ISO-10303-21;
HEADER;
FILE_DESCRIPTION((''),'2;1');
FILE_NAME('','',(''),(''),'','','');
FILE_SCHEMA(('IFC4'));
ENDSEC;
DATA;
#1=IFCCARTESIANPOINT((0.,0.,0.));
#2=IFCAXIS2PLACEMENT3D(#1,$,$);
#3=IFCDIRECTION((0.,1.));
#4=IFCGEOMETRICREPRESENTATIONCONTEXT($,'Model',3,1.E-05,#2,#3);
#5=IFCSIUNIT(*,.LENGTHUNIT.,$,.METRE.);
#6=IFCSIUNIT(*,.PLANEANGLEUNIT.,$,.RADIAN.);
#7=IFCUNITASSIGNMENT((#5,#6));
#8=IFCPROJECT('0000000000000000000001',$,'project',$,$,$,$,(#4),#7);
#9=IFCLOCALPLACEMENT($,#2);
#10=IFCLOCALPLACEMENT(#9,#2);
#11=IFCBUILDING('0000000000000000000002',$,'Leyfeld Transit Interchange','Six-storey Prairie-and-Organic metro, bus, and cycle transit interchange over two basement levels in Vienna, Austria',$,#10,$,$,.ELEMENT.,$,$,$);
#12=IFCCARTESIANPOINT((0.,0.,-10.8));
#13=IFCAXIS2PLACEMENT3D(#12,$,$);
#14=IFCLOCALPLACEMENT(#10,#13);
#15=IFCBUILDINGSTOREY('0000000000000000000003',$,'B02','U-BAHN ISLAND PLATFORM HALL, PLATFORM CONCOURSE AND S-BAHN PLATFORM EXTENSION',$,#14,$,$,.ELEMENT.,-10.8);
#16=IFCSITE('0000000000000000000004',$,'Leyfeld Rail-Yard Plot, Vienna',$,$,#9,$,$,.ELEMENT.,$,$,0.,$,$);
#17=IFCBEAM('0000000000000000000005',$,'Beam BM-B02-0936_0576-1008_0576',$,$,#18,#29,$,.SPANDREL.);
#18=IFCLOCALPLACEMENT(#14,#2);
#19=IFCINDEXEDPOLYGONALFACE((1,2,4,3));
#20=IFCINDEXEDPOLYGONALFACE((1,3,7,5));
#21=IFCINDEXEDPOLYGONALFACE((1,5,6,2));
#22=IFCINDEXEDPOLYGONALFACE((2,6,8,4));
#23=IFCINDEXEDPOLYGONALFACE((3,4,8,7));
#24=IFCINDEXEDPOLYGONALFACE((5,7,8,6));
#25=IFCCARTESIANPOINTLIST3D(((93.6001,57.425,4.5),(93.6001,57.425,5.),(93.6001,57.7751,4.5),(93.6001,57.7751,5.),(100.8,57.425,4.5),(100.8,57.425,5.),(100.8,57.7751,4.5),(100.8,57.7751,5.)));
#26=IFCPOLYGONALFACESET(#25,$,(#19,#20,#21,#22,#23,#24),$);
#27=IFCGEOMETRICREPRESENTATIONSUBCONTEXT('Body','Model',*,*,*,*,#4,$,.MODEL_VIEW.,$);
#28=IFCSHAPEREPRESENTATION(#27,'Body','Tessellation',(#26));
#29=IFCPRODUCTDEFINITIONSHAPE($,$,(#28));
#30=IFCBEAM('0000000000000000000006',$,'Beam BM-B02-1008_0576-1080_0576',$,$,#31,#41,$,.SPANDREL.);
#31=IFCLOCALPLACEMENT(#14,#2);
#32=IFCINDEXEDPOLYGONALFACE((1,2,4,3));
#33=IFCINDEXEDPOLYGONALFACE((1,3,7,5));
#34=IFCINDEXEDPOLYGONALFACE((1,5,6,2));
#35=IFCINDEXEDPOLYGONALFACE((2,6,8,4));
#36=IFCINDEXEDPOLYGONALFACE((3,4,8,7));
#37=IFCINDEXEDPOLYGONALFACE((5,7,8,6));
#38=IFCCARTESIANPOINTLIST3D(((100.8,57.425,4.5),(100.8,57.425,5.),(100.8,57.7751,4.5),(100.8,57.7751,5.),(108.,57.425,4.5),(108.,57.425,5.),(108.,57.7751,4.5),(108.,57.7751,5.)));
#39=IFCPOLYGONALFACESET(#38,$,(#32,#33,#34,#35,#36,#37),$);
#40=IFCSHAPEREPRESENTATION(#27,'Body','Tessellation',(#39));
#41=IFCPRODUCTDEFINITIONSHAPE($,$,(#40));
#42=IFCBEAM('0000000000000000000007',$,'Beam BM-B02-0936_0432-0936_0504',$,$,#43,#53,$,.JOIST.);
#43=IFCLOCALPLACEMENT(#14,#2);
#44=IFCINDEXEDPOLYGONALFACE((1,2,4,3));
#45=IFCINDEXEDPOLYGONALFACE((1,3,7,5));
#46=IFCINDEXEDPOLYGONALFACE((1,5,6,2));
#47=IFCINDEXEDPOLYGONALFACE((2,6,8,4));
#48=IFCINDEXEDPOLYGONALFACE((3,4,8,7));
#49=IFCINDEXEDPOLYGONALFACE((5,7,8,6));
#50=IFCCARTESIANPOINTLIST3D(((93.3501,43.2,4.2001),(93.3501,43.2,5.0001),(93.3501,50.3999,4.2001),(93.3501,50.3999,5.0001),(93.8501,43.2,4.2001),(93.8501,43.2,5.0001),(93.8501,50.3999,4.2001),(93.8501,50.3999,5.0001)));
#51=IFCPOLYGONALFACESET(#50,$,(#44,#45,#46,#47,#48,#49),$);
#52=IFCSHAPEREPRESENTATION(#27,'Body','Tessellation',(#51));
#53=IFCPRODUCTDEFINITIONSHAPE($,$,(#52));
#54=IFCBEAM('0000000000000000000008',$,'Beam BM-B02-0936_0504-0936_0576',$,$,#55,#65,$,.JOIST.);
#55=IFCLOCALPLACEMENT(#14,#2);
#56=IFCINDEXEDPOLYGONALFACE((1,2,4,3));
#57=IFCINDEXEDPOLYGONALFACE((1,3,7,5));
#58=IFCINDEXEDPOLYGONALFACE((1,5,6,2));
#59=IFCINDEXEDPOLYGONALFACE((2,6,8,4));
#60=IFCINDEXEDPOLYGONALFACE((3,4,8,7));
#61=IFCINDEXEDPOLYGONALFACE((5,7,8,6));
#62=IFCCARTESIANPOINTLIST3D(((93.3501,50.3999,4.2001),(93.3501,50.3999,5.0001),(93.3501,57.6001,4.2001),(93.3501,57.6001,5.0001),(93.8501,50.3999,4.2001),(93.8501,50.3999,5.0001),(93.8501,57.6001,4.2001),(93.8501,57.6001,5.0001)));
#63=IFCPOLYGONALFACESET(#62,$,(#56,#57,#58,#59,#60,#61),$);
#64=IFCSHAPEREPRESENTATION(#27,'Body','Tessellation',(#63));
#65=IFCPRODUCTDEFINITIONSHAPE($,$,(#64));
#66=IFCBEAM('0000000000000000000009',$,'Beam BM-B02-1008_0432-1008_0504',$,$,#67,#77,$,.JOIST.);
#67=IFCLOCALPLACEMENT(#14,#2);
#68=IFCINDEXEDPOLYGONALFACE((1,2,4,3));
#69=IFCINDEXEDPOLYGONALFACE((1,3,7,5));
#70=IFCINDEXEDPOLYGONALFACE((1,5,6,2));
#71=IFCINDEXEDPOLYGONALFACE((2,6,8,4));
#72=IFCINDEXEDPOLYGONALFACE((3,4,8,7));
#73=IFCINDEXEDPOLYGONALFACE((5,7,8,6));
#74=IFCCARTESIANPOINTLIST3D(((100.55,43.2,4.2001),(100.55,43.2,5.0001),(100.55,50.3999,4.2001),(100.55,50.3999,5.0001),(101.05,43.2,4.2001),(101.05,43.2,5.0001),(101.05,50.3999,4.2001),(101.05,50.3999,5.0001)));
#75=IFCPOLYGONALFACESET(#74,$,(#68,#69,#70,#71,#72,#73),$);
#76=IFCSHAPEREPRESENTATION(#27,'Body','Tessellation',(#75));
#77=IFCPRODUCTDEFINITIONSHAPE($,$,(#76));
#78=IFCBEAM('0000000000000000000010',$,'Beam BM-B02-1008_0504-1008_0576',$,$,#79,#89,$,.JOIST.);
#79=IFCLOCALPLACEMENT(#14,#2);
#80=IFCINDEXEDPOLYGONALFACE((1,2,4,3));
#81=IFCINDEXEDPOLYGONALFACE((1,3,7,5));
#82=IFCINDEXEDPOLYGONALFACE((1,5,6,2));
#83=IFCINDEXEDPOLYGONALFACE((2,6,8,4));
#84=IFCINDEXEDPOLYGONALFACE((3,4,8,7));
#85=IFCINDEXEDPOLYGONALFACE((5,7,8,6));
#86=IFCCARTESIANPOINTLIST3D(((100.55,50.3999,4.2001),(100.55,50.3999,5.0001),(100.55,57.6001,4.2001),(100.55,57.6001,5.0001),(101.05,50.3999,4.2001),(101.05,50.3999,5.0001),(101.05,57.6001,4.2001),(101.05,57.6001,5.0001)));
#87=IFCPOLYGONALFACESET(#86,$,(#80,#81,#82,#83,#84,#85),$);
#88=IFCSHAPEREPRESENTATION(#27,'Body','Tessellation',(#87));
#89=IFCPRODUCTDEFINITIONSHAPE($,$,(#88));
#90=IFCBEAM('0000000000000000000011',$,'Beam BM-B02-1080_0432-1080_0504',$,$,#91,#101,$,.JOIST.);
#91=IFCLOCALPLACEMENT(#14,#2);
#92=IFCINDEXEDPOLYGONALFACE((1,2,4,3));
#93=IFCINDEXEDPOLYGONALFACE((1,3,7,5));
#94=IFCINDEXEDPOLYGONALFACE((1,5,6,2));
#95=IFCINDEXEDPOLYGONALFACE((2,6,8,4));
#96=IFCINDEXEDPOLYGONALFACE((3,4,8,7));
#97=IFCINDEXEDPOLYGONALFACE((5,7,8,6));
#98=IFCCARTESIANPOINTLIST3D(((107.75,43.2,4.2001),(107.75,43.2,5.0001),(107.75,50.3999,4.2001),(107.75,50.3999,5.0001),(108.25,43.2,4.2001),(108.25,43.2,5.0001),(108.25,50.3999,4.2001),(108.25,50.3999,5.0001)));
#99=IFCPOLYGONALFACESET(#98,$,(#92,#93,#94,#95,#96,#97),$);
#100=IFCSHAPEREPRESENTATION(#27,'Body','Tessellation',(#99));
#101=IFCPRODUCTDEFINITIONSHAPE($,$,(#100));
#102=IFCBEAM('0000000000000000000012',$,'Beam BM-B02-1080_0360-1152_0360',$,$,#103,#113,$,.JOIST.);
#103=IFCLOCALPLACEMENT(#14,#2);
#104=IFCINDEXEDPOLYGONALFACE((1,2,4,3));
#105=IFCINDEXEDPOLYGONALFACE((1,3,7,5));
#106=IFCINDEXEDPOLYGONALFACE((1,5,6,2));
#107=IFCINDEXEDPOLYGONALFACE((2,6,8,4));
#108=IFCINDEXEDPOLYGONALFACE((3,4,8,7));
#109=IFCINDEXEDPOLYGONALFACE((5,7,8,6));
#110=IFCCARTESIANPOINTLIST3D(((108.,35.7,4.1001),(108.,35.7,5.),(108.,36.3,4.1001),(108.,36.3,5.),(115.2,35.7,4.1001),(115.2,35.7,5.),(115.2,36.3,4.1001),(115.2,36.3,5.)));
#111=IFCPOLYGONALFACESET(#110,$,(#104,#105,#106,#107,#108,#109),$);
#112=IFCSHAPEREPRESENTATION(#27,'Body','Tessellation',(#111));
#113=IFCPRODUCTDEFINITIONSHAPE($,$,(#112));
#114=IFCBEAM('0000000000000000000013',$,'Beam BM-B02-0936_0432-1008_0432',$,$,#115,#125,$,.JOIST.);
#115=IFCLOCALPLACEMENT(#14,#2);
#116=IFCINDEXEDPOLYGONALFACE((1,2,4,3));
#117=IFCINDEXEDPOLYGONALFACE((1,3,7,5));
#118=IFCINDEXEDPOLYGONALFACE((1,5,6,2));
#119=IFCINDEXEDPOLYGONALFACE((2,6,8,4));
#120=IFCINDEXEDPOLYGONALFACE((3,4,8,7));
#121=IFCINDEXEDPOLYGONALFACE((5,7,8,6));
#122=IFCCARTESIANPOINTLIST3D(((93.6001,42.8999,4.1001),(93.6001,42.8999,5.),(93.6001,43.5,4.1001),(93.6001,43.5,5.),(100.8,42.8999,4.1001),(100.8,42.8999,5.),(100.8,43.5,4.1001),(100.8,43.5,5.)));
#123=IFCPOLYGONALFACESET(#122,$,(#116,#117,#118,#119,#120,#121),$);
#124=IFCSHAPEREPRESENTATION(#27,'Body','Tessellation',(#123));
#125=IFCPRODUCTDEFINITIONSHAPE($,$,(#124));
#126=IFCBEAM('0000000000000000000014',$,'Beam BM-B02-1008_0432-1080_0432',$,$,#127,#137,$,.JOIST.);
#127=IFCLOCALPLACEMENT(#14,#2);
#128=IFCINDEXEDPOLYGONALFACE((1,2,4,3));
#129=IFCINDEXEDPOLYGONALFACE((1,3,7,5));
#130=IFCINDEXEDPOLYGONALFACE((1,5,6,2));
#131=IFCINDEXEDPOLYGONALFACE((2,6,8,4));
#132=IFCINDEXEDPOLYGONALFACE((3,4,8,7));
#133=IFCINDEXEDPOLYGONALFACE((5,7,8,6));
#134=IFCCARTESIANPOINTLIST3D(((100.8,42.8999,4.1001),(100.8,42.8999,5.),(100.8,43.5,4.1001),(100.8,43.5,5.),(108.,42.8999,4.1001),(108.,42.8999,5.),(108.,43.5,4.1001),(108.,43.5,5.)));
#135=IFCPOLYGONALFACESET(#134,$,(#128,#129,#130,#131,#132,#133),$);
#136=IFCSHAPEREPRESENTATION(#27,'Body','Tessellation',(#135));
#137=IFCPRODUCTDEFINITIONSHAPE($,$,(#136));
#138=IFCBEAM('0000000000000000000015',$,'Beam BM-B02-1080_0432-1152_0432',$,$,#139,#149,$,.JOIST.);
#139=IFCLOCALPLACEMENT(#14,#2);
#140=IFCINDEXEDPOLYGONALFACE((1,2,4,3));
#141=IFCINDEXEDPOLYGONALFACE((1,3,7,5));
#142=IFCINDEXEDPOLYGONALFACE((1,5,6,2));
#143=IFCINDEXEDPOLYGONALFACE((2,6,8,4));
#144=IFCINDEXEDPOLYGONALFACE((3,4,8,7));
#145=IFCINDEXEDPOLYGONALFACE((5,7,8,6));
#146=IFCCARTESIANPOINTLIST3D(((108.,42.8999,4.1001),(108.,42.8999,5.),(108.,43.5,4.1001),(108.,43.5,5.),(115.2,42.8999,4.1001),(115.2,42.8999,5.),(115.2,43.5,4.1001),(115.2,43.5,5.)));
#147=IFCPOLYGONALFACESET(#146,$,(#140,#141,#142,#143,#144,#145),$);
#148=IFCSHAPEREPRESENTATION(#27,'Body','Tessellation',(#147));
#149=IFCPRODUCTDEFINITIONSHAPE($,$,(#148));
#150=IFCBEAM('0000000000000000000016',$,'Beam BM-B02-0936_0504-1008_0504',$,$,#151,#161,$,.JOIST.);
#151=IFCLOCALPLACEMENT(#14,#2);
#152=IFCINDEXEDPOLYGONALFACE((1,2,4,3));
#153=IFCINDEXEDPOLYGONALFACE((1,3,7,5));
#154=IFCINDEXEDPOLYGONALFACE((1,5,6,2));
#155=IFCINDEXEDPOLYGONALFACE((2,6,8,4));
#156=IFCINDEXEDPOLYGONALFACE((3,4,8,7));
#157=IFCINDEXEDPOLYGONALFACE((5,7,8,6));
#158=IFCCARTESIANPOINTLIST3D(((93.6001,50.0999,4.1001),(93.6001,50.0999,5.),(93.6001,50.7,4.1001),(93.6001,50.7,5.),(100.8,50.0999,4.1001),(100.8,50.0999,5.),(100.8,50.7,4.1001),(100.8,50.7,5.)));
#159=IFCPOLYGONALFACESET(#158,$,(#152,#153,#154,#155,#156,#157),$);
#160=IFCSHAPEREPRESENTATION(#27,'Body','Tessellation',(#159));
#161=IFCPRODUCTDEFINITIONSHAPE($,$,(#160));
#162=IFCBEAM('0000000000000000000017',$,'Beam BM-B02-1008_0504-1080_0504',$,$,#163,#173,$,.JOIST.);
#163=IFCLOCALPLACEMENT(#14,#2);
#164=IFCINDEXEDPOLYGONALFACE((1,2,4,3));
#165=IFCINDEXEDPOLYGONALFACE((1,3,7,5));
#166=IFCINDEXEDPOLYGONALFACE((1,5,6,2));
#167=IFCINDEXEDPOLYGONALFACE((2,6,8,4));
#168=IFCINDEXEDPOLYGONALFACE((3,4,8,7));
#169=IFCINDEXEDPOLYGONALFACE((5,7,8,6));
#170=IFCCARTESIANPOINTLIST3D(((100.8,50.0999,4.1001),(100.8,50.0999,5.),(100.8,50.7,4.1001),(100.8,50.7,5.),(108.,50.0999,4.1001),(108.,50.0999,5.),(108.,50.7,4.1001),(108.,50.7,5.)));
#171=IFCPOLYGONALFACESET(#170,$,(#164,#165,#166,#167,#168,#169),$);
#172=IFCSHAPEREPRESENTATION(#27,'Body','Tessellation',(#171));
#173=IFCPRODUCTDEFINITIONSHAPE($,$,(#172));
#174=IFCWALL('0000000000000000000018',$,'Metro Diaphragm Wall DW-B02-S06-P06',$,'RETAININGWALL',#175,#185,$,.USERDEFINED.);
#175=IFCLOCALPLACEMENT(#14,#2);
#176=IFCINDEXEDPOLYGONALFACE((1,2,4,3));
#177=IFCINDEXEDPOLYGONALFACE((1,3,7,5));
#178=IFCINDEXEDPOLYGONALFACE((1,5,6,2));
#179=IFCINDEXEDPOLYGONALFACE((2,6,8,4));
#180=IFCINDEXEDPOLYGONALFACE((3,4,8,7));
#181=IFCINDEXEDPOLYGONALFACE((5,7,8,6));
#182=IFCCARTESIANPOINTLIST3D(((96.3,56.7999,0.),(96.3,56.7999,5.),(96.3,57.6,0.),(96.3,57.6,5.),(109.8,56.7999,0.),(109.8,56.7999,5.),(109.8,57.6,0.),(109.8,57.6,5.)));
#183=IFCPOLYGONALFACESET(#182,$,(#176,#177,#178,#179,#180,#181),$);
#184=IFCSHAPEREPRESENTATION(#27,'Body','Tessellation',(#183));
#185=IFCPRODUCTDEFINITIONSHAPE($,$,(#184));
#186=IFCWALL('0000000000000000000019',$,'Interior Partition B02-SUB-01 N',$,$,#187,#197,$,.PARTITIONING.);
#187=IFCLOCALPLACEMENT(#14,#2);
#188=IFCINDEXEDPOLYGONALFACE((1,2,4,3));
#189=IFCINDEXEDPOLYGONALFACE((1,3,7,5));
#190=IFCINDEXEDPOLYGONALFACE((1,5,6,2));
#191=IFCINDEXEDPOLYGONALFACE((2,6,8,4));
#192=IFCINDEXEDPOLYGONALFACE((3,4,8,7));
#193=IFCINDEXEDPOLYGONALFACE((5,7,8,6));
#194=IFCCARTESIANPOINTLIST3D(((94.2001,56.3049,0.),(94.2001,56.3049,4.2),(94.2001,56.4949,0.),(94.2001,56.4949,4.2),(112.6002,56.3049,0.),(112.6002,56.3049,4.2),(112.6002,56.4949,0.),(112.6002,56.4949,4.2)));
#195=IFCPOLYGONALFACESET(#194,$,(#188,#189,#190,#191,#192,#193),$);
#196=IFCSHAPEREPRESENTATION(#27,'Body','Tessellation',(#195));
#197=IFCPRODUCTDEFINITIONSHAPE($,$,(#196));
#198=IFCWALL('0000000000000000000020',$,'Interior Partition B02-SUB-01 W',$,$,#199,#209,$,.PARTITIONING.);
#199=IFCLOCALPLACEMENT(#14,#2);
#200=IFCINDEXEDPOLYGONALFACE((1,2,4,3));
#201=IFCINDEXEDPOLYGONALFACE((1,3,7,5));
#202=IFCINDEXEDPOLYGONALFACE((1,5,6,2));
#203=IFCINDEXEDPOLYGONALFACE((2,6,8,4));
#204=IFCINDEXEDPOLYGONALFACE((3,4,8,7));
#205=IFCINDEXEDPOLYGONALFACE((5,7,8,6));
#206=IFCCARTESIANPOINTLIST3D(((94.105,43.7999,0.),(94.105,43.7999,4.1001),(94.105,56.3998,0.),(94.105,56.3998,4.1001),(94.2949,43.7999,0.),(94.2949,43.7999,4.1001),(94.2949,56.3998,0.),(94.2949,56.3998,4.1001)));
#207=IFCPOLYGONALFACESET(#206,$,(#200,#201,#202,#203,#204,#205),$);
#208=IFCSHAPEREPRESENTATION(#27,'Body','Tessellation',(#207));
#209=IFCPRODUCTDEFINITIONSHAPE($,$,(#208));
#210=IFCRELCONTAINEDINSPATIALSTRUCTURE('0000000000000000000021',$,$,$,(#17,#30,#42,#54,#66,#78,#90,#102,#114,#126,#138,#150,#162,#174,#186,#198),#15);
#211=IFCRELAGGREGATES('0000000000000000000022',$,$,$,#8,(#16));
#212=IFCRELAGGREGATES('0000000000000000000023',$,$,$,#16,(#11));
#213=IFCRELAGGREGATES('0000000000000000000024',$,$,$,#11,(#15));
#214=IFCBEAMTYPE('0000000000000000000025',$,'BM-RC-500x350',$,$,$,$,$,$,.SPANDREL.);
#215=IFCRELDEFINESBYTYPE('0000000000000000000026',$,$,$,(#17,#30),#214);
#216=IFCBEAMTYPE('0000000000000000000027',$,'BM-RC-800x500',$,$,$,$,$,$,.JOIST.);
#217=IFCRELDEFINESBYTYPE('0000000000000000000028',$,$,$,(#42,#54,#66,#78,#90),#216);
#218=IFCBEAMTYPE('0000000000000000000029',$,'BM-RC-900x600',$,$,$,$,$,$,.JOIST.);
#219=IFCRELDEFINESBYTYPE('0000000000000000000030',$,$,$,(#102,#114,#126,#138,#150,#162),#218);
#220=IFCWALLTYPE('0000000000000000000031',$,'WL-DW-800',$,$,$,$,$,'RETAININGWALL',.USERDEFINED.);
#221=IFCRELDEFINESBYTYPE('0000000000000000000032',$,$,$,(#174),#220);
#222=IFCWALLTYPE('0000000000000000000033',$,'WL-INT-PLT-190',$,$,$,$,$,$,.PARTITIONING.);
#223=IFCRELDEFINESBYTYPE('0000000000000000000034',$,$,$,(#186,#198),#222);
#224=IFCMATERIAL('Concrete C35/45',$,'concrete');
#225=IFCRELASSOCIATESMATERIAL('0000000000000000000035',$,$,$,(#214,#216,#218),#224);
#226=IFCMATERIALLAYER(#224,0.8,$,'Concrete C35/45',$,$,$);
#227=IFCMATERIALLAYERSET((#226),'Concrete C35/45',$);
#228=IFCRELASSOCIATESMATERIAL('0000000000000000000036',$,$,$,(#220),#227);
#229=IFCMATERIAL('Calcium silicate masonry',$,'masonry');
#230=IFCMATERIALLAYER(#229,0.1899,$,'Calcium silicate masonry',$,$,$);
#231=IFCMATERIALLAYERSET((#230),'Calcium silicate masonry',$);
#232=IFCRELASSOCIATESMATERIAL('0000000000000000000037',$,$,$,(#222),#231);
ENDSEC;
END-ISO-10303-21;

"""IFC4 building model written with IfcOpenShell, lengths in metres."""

from ifc_helpers import new_model, si_unit, direction, frame, frame_2d, origin, origin_2d, place, context, subcontext, project, spatial, rectangle, extrude, material, layer, layer_set, material_profile, profile_set, type_object, element, save


model = new_model("IFC4")

# Units and contexts
model_context = context("Model", 3, precision=1e-05, world=origin(), true_north=direction((0.0, 1.0)))
body_context = subcontext(model_context, "Body", "Model", "MODEL_VIEW")
ifc_project = project(units=[si_unit("LENGTHUNIT", "METRE"), si_unit("PLANEANGLEUNIT", "RADIAN")], contexts=[model_context])

# Site, building, storey
site_placement = place(None, origin())
site = spatial("IfcSite", under=ifc_project, at=site_placement, Name="Leyfeld Rail-Yard Plot, Vienna", CompositionType="ELEMENT", RefElevation=0.0)
building_placement = place(site_placement, origin())
building = spatial("IfcBuilding", under=site, at=building_placement, Name="Leyfeld Transit Interchange", Description="Six-storey Prairie-and-Organic metro, bus, and cycle transit interchange over two basement levels in Vienna, Austria", CompositionType="ELEMENT")
storey_placement = place(building_placement, frame((0.0, 0.0, -10.8)))
storey = spatial("IfcBuildingStorey", under=building, at=storey_placement, Name="B02", Description="U-BAHN ISLAND PLATFORM HALL, PLATFORM CONCOURSE AND S-BAHN PLATFORM EXTENSION", CompositionType="ELEMENT", Elevation=-10.8)

# Shared definitions
ifc_material_1 = material(Name="Concrete C35/45", Category="concrete")

# Beams
ifc_material_profile_1 = material_profile(ifc_material_1, rectangle(XDim=0.3501, YDim=0.5, at=origin_2d()), Name="RC 500x350")
ifc_profile_set_1 = profile_set([ifc_material_profile_1], Name="Concrete C35/45")
beam_type_1 = type_object("IfcBeamType", Name="BM-RC-500x350", PredefinedType="SPANDREL", material=ifc_profile_set_1)
for number, where, z_axis, x_axis, name in (
    (1, (93.6001, 57.6001, 4.75), (1.0, 0.0, 0.0), (0.0, 1.0, 0.0), "Beam BM-B02-0936_0576-1008_0576"),
    (2, (100.8, 57.6001, 4.75), (1.0, 0.0, 0.0), (0.0, 1.0, 0.0), "Beam BM-B02-1008_0576-1080_0576"),
):
    element("IfcBeam", number, at=place(storey_placement, frame(where, z_axis=z_axis, x_axis=x_axis)), inside=storey, type_object=beam_type_1, Name=name, PredefinedType="SPANDREL", context=body_context, shape_type="SweptSolid", body=[
        extrude(rectangle(XDim=0.3501, YDim=0.5, at=origin_2d()), origin(), (0.0, 0.0, 1.0), 7.2),
    ])
ifc_material_profile_2 = material_profile(ifc_material_1, rectangle(XDim=0.5, YDim=0.8, at=origin_2d()), Name="RC 800x500")
ifc_profile_set_2 = profile_set([ifc_material_profile_2], Name="Concrete C35/45")
beam_type_2 = type_object("IfcBeamType", Name="BM-RC-800x500", PredefinedType="JOIST", material=ifc_profile_set_2)
beam_1_placement = place(storey_placement, frame((93.6001, 43.2, 4.6001), z_axis=(0.0, 1.0, 0.0), x_axis=(-1.0, 0.0, 0.0)))
element("IfcBeam", 3, at=beam_1_placement, inside=storey, type_object=beam_type_2, Name="Beam BM-B02-0936_0432-0936_0504", PredefinedType="JOIST", context=body_context, shape_type="SweptSolid", body=[
    extrude(rectangle(XDim=0.5, YDim=0.8, at=origin_2d()), origin(), (0.0, 0.0, 1.0), 7.2),
])
beam_2_placement = place(storey_placement, frame((93.6001, 50.3999, 4.6001), z_axis=(0.0, 1.0, 0.0), x_axis=(-1.0, 0.0, 0.0)))
element("IfcBeam", 4, at=beam_2_placement, inside=storey, type_object=beam_type_2, Name="Beam BM-B02-0936_0504-0936_0576", PredefinedType="JOIST", context=body_context, shape_type="SweptSolid", body=[
    extrude(rectangle(XDim=0.5, YDim=0.8, at=origin_2d()), origin(), (0.0, 0.0, 1.0), 7.2002),
])
beam_3_placement = place(storey_placement, frame((100.8, 43.2, 4.6001), z_axis=(0.0, 1.0, 0.0), x_axis=(-1.0, 0.0, 0.0)))
element("IfcBeam", 5, at=beam_3_placement, inside=storey, type_object=beam_type_2, Name="Beam BM-B02-1008_0432-1008_0504", PredefinedType="JOIST", context=body_context, shape_type="SweptSolid", body=[
    extrude(rectangle(XDim=0.5, YDim=0.8, at=origin_2d()), origin(), (0.0, 0.0, 1.0), 7.2),
])
beam_4_placement = place(storey_placement, frame((100.8, 50.3999, 4.6001), z_axis=(0.0, 1.0, 0.0), x_axis=(-1.0, 0.0, 0.0)))
element("IfcBeam", 6, at=beam_4_placement, inside=storey, type_object=beam_type_2, Name="Beam BM-B02-1008_0504-1008_0576", PredefinedType="JOIST", context=body_context, shape_type="SweptSolid", body=[
    extrude(rectangle(XDim=0.5, YDim=0.8, at=origin_2d()), origin(), (0.0, 0.0, 1.0), 7.2002),
])
beam_5_placement = place(storey_placement, frame((108.0, 43.2, 4.6001), z_axis=(0.0, 1.0, 0.0), x_axis=(-1.0, 0.0, 0.0)))
element("IfcBeam", 7, at=beam_5_placement, inside=storey, type_object=beam_type_2, Name="Beam BM-B02-1080_0432-1080_0504", PredefinedType="JOIST", context=body_context, shape_type="SweptSolid", body=[
    extrude(rectangle(XDim=0.5, YDim=0.8, at=origin_2d()), origin(), (0.0, 0.0, 1.0), 7.2),
])
ifc_material_profile_3 = material_profile(ifc_material_1, rectangle(XDim=0.6001, YDim=0.8999, at=origin_2d()), Name="RC 900x600")
ifc_profile_set_3 = profile_set([ifc_material_profile_3], Name="Concrete C35/45")
beam_type_3 = type_object("IfcBeamType", Name="BM-RC-900x600", PredefinedType="JOIST", material=ifc_profile_set_3)
for number, where, z_axis, x_axis, name in (
    (8, (108.0, 36.0, 4.55), (1.0, 0.0, 0.0), (0.0, 1.0, 0.0), "Beam BM-B02-1080_0360-1152_0360"),
    (9, (93.6001, 43.2, 4.55), (1.0, 0.0, 0.0), (0.0, 1.0, 0.0), "Beam BM-B02-0936_0432-1008_0432"),
    (10, (100.8, 43.2, 4.55), (1.0, 0.0, 0.0), (0.0, 1.0, 0.0), "Beam BM-B02-1008_0432-1080_0432"),
    (11, (108.0, 43.2, 4.55), (1.0, 0.0, 0.0), (0.0, 1.0, 0.0), "Beam BM-B02-1080_0432-1152_0432"),
    (12, (93.6001, 50.3999, 4.55), (1.0, 0.0, 0.0), (0.0, 1.0, 0.0), "Beam BM-B02-0936_0504-1008_0504"),
    (13, (100.8, 50.3999, 4.55), (1.0, 0.0, 0.0), (0.0, 1.0, 0.0), "Beam BM-B02-1008_0504-1080_0504"),
):
    element("IfcBeam", number, at=place(storey_placement, frame(where, z_axis=z_axis, x_axis=x_axis)), inside=storey, type_object=beam_type_3, Name=name, PredefinedType="JOIST", context=body_context, shape_type="SweptSolid", body=[
        extrude(rectangle(XDim=0.6001, YDim=0.8999, at=origin_2d()), origin(), (0.0, 0.0, 1.0), 7.2),
    ])

# Walls
ifc_layer_1 = layer(ifc_material_1, 0.8, Name="Concrete C35/45")
ifc_layer_set_1 = layer_set([ifc_layer_1], Name="Concrete C35/45")
wall_type_1 = type_object("IfcWallType", Name="WL-DW-800", ElementType="RETAININGWALL", PredefinedType="USERDEFINED", material=ifc_layer_set_1)
wall_1_placement = place(storey_placement, frame((96.3, 57.2, 0.0), z_axis=(0.0, 0.0, 1.0), x_axis=(1.0, 0.0, 0.0)))
element("IfcWall", 14, at=wall_1_placement, inside=storey, type_object=wall_type_1, Name="Metro Diaphragm Wall DW-B02-S06-P06", ObjectType="RETAININGWALL", PredefinedType="USERDEFINED", context=body_context, shape_type="SweptSolid", body=[
    extrude(rectangle(XDim=13.5, YDim=0.8, at=frame_2d((6.75, 0.0))), origin(), (0.0, 0.0, 1.0), 5.0),
])
ifc_material_2 = material(Name="Calcium silicate masonry", Category="masonry")
ifc_layer_2 = layer(ifc_material_2, 0.1899, Name="Calcium silicate masonry")
ifc_layer_set_2 = layer_set([ifc_layer_2], Name="Calcium silicate masonry")
wall_type_2 = type_object("IfcWallType", Name="WL-INT-PLT-190", PredefinedType="PARTITIONING", material=ifc_layer_set_2)
wall_2_placement = place(storey_placement, frame((94.2, 56.3999, 0.0), z_axis=(0.0, 0.0, 1.0), x_axis=(1.0, 0.0, 0.0)))
element("IfcWall", 15, at=wall_2_placement, inside=storey, type_object=wall_type_2, Name="Interior Partition B02-SUB-01 N", PredefinedType="PARTITIONING", context=body_context, shape_type="SweptSolid", body=[
    extrude(rectangle(XDim=18.4001, YDim=0.1899, at=frame_2d((9.2002, 0.0))), origin(), (0.0, 0.0, 1.0), 4.2),
])
wall_3_placement = place(storey_placement, frame((94.2, 43.8, 0.0), z_axis=(0.0, 0.0, 1.0), x_axis=(0.0, 1.0, 0.0)))
element("IfcWall", 16, at=wall_3_placement, inside=storey, type_object=wall_type_2, Name="Interior Partition B02-SUB-01 W", PredefinedType="PARTITIONING", context=body_context, shape_type="SweptSolid", body=[
    extrude(rectangle(XDim=12.5999, YDim=0.1899, at=frame_2d((6.2998, 0.0))), origin(), (0.0, 0.0, 1.0), 4.1001),
])

save(model, "model.ifc")
